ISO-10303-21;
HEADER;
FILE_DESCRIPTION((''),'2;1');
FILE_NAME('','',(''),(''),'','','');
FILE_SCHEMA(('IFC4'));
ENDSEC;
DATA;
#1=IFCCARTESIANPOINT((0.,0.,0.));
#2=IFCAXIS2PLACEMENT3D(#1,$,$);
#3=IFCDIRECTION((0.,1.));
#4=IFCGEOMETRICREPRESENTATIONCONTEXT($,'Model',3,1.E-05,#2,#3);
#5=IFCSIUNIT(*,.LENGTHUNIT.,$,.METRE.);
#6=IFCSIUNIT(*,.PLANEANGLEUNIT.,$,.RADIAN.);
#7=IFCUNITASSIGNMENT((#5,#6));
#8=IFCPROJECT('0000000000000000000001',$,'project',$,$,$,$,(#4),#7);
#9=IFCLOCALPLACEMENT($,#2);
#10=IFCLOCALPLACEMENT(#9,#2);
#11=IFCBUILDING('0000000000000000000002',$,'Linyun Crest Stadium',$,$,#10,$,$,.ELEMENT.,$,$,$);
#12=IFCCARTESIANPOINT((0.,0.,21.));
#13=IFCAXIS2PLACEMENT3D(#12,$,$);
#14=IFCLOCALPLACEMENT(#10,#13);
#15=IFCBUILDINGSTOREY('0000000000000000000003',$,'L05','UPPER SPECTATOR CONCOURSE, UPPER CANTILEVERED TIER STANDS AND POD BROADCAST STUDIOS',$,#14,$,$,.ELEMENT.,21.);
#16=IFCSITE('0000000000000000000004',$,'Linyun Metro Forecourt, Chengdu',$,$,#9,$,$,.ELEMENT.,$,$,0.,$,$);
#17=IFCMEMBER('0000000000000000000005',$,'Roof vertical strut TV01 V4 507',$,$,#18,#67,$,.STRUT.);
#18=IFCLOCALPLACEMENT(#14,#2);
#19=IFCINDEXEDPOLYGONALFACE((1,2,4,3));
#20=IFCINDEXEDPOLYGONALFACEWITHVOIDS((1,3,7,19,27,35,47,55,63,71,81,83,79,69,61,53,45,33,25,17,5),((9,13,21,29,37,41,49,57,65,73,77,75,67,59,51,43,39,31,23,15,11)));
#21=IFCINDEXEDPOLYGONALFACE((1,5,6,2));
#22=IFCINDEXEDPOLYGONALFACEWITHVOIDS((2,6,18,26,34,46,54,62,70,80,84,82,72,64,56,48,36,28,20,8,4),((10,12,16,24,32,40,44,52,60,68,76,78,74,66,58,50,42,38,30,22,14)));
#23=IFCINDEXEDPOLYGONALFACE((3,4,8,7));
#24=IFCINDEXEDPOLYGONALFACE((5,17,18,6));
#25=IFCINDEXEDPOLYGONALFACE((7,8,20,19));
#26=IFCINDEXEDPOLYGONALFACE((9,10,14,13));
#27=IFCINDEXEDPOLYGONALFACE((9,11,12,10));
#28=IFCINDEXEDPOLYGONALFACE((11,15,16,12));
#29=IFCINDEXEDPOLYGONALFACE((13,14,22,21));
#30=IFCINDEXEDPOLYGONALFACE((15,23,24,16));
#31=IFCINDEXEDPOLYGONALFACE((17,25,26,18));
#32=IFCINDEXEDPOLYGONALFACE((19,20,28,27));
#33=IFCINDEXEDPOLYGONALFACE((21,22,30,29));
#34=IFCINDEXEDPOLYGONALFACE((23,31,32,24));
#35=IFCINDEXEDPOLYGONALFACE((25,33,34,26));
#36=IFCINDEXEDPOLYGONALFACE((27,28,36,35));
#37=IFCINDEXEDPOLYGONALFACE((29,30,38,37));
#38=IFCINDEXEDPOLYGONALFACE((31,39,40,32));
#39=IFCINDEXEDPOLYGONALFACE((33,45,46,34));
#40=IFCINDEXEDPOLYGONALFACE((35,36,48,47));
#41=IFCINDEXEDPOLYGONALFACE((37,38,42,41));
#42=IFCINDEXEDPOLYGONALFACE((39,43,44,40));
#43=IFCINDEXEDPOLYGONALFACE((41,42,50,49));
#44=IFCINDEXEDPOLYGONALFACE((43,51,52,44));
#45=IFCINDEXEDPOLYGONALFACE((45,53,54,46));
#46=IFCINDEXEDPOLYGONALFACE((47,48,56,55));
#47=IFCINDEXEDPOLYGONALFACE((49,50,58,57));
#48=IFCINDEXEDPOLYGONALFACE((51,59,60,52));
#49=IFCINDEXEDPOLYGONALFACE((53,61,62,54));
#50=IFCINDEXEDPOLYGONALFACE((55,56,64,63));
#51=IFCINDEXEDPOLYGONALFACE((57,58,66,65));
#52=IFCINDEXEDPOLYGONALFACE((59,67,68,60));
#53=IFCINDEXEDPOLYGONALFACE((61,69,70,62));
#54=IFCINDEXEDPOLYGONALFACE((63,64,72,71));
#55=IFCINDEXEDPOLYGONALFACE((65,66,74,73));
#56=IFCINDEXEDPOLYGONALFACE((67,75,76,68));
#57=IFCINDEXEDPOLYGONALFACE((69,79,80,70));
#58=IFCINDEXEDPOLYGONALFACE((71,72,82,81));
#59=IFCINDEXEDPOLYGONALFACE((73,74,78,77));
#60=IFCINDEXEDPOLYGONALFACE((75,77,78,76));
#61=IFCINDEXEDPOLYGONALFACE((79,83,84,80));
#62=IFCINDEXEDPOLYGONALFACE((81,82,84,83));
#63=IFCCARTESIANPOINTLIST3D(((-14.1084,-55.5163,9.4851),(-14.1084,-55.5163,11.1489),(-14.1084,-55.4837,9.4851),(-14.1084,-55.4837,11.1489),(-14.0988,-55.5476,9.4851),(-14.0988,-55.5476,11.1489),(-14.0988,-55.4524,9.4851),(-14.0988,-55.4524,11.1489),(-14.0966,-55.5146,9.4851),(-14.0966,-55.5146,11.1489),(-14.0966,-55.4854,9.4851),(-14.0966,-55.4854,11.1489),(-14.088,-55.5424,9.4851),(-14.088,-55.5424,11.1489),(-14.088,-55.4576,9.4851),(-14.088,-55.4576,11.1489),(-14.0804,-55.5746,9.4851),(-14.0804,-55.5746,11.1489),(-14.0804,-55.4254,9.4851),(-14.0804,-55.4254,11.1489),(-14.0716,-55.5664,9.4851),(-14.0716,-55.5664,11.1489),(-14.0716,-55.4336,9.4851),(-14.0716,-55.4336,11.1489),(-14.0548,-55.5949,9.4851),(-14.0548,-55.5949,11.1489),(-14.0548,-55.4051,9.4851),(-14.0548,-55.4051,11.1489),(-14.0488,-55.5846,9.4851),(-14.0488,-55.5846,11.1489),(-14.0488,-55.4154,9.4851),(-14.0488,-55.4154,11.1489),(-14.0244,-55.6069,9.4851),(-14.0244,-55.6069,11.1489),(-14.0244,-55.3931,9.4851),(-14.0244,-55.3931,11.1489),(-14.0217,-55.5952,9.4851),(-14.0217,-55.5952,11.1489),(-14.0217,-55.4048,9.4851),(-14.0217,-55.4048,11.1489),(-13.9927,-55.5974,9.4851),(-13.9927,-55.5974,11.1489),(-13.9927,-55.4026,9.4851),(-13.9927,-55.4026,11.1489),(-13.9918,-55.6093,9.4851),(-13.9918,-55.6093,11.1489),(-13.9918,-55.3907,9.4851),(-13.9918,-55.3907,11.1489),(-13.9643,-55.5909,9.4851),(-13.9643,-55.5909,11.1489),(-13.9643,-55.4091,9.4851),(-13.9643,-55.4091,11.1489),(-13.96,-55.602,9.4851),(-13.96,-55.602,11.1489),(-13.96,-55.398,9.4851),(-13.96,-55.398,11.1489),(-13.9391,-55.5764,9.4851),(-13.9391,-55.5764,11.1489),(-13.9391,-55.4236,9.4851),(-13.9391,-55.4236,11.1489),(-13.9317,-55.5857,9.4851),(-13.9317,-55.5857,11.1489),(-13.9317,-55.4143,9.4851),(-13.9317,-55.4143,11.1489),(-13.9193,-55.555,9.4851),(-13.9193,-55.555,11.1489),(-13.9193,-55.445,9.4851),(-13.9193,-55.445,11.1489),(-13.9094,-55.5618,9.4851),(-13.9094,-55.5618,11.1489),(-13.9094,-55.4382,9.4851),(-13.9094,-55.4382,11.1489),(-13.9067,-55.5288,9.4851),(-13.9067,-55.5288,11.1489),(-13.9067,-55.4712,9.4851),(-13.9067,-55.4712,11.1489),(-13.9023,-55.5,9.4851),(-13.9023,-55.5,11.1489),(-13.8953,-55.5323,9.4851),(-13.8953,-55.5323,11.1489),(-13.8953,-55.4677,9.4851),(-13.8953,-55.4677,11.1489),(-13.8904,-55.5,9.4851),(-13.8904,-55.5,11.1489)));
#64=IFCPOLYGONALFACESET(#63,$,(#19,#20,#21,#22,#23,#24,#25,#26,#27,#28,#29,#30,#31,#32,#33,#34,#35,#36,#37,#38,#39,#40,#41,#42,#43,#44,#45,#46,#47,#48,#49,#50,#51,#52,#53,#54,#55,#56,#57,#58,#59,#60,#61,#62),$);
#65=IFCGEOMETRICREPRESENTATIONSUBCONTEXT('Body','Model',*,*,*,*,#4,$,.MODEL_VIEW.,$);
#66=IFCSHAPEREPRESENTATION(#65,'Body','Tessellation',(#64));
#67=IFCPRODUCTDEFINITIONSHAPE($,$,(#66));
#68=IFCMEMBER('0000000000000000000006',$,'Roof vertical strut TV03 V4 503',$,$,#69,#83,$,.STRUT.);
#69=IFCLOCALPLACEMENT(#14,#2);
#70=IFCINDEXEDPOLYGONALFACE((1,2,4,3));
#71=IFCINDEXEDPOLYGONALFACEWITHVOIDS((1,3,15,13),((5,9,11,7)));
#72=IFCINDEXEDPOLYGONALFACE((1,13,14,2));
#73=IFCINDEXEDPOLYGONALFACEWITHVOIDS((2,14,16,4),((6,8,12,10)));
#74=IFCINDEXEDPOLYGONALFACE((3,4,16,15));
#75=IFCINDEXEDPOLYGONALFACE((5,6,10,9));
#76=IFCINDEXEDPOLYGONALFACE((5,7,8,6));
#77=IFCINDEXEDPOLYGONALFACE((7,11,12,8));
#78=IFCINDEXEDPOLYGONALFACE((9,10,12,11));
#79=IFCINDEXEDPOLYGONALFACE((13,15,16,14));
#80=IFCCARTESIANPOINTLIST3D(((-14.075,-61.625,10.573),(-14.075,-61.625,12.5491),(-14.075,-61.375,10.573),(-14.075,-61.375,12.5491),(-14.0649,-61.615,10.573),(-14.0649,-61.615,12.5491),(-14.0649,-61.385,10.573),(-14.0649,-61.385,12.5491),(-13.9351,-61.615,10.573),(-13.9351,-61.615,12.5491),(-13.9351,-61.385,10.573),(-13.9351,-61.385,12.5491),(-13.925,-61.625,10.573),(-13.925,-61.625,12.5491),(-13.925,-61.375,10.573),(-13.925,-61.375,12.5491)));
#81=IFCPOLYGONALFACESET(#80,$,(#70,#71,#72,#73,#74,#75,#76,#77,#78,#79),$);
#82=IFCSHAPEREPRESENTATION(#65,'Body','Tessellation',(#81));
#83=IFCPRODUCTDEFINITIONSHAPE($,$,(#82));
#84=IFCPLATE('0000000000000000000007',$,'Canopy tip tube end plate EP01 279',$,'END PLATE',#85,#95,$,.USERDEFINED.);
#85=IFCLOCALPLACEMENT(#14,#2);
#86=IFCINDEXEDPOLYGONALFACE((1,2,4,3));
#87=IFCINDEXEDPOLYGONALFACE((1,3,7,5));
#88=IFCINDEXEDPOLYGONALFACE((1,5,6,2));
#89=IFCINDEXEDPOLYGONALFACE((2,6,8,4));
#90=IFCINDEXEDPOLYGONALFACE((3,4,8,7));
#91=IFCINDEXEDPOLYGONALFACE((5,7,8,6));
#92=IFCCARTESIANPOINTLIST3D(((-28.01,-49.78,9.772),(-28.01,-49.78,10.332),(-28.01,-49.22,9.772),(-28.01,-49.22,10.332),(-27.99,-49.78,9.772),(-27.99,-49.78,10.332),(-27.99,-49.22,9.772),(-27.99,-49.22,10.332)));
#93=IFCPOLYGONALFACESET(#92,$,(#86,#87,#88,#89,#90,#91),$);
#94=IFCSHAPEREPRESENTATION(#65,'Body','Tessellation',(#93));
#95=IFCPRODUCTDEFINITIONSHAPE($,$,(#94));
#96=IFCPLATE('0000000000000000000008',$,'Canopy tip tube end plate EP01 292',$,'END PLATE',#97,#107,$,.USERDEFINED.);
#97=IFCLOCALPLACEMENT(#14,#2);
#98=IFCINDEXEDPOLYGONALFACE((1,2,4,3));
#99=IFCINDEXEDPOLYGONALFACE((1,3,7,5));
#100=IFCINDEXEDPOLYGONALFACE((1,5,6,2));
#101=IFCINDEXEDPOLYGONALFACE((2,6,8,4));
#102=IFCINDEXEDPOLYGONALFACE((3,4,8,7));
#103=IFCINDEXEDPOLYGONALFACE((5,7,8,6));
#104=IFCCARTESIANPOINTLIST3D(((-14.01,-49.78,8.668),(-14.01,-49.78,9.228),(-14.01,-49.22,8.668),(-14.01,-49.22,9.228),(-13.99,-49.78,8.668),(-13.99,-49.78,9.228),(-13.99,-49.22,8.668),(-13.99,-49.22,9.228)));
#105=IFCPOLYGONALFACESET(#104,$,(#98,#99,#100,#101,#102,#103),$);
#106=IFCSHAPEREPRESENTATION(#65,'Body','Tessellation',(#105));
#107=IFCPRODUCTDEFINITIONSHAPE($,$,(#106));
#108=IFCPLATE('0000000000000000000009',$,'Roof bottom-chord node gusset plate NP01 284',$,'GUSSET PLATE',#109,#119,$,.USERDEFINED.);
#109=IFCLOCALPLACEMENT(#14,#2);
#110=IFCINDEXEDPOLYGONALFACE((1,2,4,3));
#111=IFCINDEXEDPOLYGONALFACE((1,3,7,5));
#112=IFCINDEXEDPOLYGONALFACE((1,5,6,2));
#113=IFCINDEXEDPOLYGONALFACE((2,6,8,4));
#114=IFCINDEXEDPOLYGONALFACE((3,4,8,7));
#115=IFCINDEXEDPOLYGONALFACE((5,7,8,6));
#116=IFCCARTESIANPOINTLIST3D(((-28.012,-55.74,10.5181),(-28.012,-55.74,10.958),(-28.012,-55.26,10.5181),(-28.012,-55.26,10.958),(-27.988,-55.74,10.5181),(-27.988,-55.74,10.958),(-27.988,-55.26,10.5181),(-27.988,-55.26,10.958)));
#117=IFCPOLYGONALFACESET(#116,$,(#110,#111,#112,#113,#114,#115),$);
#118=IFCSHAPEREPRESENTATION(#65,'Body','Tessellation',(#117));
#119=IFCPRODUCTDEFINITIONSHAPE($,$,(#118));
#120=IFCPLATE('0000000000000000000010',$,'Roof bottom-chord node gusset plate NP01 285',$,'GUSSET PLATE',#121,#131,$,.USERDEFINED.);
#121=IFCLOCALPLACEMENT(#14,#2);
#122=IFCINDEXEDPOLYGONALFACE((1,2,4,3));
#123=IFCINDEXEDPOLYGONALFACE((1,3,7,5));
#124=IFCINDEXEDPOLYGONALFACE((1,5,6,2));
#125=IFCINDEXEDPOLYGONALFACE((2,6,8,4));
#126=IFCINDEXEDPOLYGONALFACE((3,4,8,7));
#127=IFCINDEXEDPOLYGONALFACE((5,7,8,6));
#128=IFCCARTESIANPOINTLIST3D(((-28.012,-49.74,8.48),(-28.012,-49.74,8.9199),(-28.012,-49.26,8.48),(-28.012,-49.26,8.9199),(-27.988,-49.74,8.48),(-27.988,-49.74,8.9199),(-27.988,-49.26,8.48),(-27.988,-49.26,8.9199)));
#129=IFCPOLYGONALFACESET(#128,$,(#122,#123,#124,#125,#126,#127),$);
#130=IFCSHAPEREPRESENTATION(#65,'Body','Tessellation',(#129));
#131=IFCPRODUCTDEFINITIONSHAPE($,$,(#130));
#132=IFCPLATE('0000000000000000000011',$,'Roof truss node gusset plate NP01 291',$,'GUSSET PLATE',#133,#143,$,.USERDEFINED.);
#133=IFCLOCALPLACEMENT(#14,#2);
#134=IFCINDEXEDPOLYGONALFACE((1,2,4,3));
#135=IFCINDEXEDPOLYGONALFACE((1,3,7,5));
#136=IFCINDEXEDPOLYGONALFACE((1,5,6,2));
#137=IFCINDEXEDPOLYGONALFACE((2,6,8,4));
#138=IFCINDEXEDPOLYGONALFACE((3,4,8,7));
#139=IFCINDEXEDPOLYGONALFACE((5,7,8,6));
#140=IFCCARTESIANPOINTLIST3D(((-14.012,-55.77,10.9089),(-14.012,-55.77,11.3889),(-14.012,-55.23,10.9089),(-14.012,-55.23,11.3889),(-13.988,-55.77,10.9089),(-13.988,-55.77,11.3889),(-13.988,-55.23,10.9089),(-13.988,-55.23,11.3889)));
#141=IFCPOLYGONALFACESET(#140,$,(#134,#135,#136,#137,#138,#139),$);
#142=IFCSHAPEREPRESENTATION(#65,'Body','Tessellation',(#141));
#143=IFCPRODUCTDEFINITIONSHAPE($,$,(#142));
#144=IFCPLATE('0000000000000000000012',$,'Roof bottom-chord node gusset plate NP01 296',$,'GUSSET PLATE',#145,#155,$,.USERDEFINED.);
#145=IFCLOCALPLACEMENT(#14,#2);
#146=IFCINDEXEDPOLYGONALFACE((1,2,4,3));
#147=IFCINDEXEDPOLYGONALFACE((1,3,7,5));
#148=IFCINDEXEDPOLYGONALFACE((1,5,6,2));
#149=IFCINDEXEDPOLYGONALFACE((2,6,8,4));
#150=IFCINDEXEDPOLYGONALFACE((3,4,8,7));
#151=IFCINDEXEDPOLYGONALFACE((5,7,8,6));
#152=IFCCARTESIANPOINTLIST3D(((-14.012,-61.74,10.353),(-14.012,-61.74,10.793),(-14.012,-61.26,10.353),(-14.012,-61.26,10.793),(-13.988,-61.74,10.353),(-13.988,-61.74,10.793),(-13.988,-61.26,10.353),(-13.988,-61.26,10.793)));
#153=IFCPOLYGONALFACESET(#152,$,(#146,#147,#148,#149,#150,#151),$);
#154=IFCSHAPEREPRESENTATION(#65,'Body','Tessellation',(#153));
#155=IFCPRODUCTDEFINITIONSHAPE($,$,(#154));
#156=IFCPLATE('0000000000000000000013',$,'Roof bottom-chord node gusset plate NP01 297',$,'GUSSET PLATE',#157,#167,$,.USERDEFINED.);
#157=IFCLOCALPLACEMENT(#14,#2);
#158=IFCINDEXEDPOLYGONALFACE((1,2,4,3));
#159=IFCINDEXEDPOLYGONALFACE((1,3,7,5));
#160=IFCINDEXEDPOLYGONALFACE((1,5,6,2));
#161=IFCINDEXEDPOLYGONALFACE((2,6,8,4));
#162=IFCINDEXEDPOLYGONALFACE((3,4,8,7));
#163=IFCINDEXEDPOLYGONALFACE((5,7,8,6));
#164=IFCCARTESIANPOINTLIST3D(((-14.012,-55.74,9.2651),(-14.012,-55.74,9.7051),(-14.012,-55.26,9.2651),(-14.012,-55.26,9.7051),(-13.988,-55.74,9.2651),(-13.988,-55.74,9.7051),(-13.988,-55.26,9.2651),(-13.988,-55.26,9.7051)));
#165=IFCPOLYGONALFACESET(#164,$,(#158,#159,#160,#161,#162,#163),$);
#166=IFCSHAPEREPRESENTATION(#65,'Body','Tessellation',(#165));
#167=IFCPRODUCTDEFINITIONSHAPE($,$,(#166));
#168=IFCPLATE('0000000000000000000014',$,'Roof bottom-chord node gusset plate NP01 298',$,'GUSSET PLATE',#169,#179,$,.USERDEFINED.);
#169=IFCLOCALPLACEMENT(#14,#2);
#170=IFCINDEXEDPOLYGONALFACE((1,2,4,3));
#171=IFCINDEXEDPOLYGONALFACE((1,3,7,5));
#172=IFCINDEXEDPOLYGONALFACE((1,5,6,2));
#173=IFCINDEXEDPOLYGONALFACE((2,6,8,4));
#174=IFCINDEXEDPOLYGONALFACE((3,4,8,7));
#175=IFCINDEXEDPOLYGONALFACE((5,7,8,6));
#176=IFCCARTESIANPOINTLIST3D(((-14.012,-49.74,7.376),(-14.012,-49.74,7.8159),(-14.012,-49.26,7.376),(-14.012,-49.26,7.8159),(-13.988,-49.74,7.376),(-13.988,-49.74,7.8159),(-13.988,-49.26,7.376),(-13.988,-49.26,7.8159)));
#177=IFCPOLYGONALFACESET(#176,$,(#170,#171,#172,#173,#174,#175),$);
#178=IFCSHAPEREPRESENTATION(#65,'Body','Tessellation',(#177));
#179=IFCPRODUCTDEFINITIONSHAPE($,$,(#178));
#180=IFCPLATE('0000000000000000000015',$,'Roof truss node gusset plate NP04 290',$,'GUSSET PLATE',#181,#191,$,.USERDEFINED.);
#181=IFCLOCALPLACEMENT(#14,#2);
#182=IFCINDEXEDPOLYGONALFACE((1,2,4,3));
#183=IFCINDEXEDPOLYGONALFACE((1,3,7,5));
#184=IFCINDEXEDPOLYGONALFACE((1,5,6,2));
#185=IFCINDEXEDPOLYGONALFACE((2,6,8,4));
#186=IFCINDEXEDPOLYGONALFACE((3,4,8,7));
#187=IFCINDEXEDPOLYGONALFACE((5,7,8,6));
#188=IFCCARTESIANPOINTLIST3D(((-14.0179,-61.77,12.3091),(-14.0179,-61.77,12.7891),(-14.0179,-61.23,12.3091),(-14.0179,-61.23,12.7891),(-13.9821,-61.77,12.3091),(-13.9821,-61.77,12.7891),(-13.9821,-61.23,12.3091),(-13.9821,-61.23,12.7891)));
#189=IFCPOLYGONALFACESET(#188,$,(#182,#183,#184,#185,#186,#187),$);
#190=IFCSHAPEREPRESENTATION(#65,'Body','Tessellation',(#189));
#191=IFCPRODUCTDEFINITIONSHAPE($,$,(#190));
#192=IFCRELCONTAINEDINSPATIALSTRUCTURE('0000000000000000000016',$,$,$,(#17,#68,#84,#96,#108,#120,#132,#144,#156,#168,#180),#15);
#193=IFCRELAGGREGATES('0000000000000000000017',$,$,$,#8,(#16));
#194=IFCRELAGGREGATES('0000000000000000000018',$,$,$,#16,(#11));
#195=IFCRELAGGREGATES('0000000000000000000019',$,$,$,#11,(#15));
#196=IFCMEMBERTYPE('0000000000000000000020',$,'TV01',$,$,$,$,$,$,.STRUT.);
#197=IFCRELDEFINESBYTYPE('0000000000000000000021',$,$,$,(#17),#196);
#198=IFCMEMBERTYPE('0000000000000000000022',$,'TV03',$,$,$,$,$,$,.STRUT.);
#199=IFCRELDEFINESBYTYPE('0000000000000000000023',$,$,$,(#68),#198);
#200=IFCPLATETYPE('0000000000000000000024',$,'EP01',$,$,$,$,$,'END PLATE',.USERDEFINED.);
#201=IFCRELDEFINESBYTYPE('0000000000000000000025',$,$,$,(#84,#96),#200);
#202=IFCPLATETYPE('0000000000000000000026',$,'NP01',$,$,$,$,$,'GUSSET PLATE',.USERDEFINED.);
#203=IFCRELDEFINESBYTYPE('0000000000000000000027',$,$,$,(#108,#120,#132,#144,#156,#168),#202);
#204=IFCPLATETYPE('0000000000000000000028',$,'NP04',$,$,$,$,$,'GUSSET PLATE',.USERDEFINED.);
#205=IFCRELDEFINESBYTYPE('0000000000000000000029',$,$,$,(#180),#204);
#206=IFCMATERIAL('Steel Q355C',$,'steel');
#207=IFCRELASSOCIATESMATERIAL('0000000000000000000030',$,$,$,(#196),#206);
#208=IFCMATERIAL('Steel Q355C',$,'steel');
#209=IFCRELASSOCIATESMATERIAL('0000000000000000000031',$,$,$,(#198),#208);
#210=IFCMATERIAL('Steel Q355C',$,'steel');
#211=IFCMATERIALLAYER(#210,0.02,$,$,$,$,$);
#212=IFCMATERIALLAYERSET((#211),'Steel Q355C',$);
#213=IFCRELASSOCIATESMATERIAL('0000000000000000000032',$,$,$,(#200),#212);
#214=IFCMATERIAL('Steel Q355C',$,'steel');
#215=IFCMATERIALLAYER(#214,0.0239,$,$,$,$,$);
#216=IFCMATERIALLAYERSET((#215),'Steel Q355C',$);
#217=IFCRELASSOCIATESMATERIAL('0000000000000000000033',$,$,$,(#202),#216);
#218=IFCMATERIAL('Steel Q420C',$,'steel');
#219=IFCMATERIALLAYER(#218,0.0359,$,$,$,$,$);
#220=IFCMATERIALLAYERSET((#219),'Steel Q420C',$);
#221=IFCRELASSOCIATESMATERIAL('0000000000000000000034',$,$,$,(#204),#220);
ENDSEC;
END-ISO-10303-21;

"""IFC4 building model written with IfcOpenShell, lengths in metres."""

from ifc_helpers import new_model, si_unit, direction, frame, origin, origin_2d, place, context, subcontext, project, spatial, rectangle, hollow_rectangle, hollow_circle, extrude, material, layer, layer_set, material_profile, profile_set, type_object, element, save


model = new_model("IFC4")

# Units and contexts
model_context = context("Model", 3, precision=1e-05, world=origin(), true_north=direction((0.0, 1.0)))
body_context = subcontext(model_context, "Body", "Model", "MODEL_VIEW")
ifc_project = project(units=[si_unit("LENGTHUNIT", "METRE"), si_unit("PLANEANGLEUNIT", "RADIAN")], contexts=[model_context])

# Site, building, storey
site_placement = place(None, origin())
site = spatial("IfcSite", under=ifc_project, at=site_placement, Name="Linyun Metro Forecourt, Chengdu", CompositionType="ELEMENT", RefElevation=0.0)
building_placement = place(site_placement, origin())
building = spatial("IfcBuilding", under=site, at=building_placement, Name="Linyun Crest Stadium", CompositionType="ELEMENT")
storey_placement = place(building_placement, frame((0.0, 0.0, 21.0)))
storey = spatial("IfcBuildingStorey", under=building, at=storey_placement, Name="L05", Description="UPPER SPECTATOR CONCOURSE, UPPER CANTILEVERED TIER STANDS AND POD BROADCAST STUDIOS", CompositionType="ELEMENT", Elevation=21.0)

# Members
ifc_material_1 = material(Name="Steel Q355C", Category="steel")
ifc_material_profile_1 = material_profile(ifc_material_1, hollow_circle(Radius=0.1096, WallThickness=0.012, at=origin_2d()), Name="CHS 219x12")
ifc_profile_set_1 = profile_set([ifc_material_profile_1], Name="Steel Q355C")
member_type_1 = type_object("IfcMemberType", Name="TV01", PredefinedType="STRUT", material=ifc_profile_set_1)
member_1_placement = place(storey_placement, frame((-14.0, -55.5, 9.4851), z_axis=(0.0, 0.0, 1.0), x_axis=(1.0, 0.0, 0.0)))
element("IfcMember", 1, at=member_1_placement, inside=storey, type_object=member_type_1, Name="Roof vertical strut TV01 V4 507", PredefinedType="STRUT", context=body_context, shape_type="SweptSolid", body=[
    extrude(hollow_circle(Radius=0.1096, WallThickness=0.012, at=origin_2d()), origin(), (0.0, 0.0, 1.0), 1.6638),
])
ifc_material_2 = material(Name="Steel Q355C", Category="steel")
ifc_material_profile_2 = material_profile(ifc_material_2, hollow_rectangle(XDim=0.1499, YDim=0.25, WallThickness=0.01, at=origin_2d()), Name="RHS 250x150x10")
ifc_profile_set_2 = profile_set([ifc_material_profile_2], Name="Steel Q355C")
member_type_2 = type_object("IfcMemberType", Name="TV03", PredefinedType="STRUT", material=ifc_profile_set_2)
member_2_placement = place(storey_placement, frame((-14.0, -61.5, 10.573), z_axis=(0.0, 0.0, 1.0), x_axis=(1.0, 0.0, 0.0)))
element("IfcMember", 2, at=member_2_placement, inside=storey, type_object=member_type_2, Name="Roof vertical strut TV03 V4 503", PredefinedType="STRUT", context=body_context, shape_type="SweptSolid", body=[
    extrude(hollow_rectangle(XDim=0.1499, YDim=0.25, WallThickness=0.01, at=origin_2d()), origin(), (0.0, 0.0, 1.0), 1.9761),
])

# Plates
ifc_material_3 = material(Name="Steel Q355C", Category="steel")
ifc_layer_1 = layer(ifc_material_3, 0.02)
ifc_layer_set_1 = layer_set([ifc_layer_1], Name="Steel Q355C")
plate_type_1 = type_object("IfcPlateType", Name="EP01", ElementType="END PLATE", PredefinedType="USERDEFINED", material=ifc_layer_set_1)
for number, where, z_axis, x_axis, name in (
    (3, (-28.0, -49.5, 9.772), (0.0, 0.0, 1.0), (0.0, 1.0, 0.0), "Canopy tip tube end plate EP01 279"),
    (4, (-14.0, -49.5, 8.668), (0.0, 0.0, 1.0), (0.0, 1.0, 0.0), "Canopy tip tube end plate EP01 292"),
):
    element("IfcPlate", number, at=place(storey_placement, frame(where, z_axis=z_axis, x_axis=x_axis)), inside=storey, type_object=plate_type_1, Name=name, ObjectType="END PLATE", PredefinedType="USERDEFINED", context=body_context, shape_type="SweptSolid", body=[
        extrude(rectangle(XDim=0.5601, YDim=0.02, at=origin_2d()), origin(), (0.0, 0.0, 1.0), 0.5601),
    ])
ifc_material_4 = material(Name="Steel Q355C", Category="steel")
ifc_layer_2 = layer(ifc_material_4, 0.0239)
ifc_layer_set_2 = layer_set([ifc_layer_2], Name="Steel Q355C")
plate_type_2 = type_object("IfcPlateType", Name="NP01", ElementType="GUSSET PLATE", PredefinedType="USERDEFINED", material=ifc_layer_set_2)
for number, where, z_axis, x_axis, name in (
    (5, (-28.0, -55.5, 10.5181), (0.0, 0.0, 1.0), (0.0, 1.0, 0.0), "Roof bottom-chord node gusset plate NP01 284"),
    (6, (-28.0, -49.5, 8.48), (0.0, 0.0, 1.0), (0.0, 1.0, 0.0), "Roof bottom-chord node gusset plate NP01 285"),
):
    element("IfcPlate", number, at=place(storey_placement, frame(where, z_axis=z_axis, x_axis=x_axis)), inside=storey, type_object=plate_type_2, Name=name, ObjectType="GUSSET PLATE", PredefinedType="USERDEFINED", context=body_context, shape_type="SweptSolid", body=[
        extrude(rectangle(XDim=0.48, YDim=0.0239, at=origin_2d()), origin(), (0.0, 0.0, 1.0), 0.4399),
    ])
plate_1_placement = place(storey_placement, frame((-14.0, -55.5, 10.9089), z_axis=(0.0, 0.0, 1.0), x_axis=(0.0, 1.0, 0.0)))
element("IfcPlate", 7, at=plate_1_placement, inside=storey, type_object=plate_type_2, Name="Roof truss node gusset plate NP01 291", ObjectType="GUSSET PLATE", PredefinedType="USERDEFINED", context=body_context, shape_type="SweptSolid", body=[
    extrude(rectangle(XDim=0.54, YDim=0.0239, at=origin_2d()), origin(), (0.0, 0.0, 1.0), 0.48),
])
for number, where, z_axis, x_axis, name in (
    (8, (-14.0, -61.5, 10.353), (0.0, 0.0, 1.0), (0.0, 1.0, 0.0), "Roof bottom-chord node gusset plate NP01 296"),
    (9, (-14.0, -55.5, 9.2651), (0.0, 0.0, 1.0), (0.0, 1.0, 0.0), "Roof bottom-chord node gusset plate NP01 297"),
    (10, (-14.0, -49.5, 7.376), (0.0, 0.0, 1.0), (0.0, 1.0, 0.0), "Roof bottom-chord node gusset plate NP01 298"),
):
    element("IfcPlate", number, at=place(storey_placement, frame(where, z_axis=z_axis, x_axis=x_axis)), inside=storey, type_object=plate_type_2, Name=name, ObjectType="GUSSET PLATE", PredefinedType="USERDEFINED", context=body_context, shape_type="SweptSolid", body=[
        extrude(rectangle(XDim=0.48, YDim=0.0239, at=origin_2d()), origin(), (0.0, 0.0, 1.0), 0.4399),
    ])
ifc_material_5 = material(Name="Steel Q420C", Category="steel")
ifc_layer_3 = layer(ifc_material_5, 0.0359)
ifc_layer_set_3 = layer_set([ifc_layer_3], Name="Steel Q420C")
plate_type_3 = type_object("IfcPlateType", Name="NP04", ElementType="GUSSET PLATE", PredefinedType="USERDEFINED", material=ifc_layer_set_3)
plate_2_placement = place(storey_placement, frame((-14.0, -61.5, 12.3091), z_axis=(0.0, 0.0, 1.0), x_axis=(0.0, 1.0, 0.0)))
element("IfcPlate", 11, at=plate_2_placement, inside=storey, type_object=plate_type_3, Name="Roof truss node gusset plate NP04 290", ObjectType="GUSSET PLATE", PredefinedType="USERDEFINED", context=body_context, shape_type="SweptSolid", body=[
    extrude(rectangle(XDim=0.54, YDim=0.0359, at=origin_2d()), origin(), (0.0, 0.0, 1.0), 0.48),
])

save(model, "model.ifc")
